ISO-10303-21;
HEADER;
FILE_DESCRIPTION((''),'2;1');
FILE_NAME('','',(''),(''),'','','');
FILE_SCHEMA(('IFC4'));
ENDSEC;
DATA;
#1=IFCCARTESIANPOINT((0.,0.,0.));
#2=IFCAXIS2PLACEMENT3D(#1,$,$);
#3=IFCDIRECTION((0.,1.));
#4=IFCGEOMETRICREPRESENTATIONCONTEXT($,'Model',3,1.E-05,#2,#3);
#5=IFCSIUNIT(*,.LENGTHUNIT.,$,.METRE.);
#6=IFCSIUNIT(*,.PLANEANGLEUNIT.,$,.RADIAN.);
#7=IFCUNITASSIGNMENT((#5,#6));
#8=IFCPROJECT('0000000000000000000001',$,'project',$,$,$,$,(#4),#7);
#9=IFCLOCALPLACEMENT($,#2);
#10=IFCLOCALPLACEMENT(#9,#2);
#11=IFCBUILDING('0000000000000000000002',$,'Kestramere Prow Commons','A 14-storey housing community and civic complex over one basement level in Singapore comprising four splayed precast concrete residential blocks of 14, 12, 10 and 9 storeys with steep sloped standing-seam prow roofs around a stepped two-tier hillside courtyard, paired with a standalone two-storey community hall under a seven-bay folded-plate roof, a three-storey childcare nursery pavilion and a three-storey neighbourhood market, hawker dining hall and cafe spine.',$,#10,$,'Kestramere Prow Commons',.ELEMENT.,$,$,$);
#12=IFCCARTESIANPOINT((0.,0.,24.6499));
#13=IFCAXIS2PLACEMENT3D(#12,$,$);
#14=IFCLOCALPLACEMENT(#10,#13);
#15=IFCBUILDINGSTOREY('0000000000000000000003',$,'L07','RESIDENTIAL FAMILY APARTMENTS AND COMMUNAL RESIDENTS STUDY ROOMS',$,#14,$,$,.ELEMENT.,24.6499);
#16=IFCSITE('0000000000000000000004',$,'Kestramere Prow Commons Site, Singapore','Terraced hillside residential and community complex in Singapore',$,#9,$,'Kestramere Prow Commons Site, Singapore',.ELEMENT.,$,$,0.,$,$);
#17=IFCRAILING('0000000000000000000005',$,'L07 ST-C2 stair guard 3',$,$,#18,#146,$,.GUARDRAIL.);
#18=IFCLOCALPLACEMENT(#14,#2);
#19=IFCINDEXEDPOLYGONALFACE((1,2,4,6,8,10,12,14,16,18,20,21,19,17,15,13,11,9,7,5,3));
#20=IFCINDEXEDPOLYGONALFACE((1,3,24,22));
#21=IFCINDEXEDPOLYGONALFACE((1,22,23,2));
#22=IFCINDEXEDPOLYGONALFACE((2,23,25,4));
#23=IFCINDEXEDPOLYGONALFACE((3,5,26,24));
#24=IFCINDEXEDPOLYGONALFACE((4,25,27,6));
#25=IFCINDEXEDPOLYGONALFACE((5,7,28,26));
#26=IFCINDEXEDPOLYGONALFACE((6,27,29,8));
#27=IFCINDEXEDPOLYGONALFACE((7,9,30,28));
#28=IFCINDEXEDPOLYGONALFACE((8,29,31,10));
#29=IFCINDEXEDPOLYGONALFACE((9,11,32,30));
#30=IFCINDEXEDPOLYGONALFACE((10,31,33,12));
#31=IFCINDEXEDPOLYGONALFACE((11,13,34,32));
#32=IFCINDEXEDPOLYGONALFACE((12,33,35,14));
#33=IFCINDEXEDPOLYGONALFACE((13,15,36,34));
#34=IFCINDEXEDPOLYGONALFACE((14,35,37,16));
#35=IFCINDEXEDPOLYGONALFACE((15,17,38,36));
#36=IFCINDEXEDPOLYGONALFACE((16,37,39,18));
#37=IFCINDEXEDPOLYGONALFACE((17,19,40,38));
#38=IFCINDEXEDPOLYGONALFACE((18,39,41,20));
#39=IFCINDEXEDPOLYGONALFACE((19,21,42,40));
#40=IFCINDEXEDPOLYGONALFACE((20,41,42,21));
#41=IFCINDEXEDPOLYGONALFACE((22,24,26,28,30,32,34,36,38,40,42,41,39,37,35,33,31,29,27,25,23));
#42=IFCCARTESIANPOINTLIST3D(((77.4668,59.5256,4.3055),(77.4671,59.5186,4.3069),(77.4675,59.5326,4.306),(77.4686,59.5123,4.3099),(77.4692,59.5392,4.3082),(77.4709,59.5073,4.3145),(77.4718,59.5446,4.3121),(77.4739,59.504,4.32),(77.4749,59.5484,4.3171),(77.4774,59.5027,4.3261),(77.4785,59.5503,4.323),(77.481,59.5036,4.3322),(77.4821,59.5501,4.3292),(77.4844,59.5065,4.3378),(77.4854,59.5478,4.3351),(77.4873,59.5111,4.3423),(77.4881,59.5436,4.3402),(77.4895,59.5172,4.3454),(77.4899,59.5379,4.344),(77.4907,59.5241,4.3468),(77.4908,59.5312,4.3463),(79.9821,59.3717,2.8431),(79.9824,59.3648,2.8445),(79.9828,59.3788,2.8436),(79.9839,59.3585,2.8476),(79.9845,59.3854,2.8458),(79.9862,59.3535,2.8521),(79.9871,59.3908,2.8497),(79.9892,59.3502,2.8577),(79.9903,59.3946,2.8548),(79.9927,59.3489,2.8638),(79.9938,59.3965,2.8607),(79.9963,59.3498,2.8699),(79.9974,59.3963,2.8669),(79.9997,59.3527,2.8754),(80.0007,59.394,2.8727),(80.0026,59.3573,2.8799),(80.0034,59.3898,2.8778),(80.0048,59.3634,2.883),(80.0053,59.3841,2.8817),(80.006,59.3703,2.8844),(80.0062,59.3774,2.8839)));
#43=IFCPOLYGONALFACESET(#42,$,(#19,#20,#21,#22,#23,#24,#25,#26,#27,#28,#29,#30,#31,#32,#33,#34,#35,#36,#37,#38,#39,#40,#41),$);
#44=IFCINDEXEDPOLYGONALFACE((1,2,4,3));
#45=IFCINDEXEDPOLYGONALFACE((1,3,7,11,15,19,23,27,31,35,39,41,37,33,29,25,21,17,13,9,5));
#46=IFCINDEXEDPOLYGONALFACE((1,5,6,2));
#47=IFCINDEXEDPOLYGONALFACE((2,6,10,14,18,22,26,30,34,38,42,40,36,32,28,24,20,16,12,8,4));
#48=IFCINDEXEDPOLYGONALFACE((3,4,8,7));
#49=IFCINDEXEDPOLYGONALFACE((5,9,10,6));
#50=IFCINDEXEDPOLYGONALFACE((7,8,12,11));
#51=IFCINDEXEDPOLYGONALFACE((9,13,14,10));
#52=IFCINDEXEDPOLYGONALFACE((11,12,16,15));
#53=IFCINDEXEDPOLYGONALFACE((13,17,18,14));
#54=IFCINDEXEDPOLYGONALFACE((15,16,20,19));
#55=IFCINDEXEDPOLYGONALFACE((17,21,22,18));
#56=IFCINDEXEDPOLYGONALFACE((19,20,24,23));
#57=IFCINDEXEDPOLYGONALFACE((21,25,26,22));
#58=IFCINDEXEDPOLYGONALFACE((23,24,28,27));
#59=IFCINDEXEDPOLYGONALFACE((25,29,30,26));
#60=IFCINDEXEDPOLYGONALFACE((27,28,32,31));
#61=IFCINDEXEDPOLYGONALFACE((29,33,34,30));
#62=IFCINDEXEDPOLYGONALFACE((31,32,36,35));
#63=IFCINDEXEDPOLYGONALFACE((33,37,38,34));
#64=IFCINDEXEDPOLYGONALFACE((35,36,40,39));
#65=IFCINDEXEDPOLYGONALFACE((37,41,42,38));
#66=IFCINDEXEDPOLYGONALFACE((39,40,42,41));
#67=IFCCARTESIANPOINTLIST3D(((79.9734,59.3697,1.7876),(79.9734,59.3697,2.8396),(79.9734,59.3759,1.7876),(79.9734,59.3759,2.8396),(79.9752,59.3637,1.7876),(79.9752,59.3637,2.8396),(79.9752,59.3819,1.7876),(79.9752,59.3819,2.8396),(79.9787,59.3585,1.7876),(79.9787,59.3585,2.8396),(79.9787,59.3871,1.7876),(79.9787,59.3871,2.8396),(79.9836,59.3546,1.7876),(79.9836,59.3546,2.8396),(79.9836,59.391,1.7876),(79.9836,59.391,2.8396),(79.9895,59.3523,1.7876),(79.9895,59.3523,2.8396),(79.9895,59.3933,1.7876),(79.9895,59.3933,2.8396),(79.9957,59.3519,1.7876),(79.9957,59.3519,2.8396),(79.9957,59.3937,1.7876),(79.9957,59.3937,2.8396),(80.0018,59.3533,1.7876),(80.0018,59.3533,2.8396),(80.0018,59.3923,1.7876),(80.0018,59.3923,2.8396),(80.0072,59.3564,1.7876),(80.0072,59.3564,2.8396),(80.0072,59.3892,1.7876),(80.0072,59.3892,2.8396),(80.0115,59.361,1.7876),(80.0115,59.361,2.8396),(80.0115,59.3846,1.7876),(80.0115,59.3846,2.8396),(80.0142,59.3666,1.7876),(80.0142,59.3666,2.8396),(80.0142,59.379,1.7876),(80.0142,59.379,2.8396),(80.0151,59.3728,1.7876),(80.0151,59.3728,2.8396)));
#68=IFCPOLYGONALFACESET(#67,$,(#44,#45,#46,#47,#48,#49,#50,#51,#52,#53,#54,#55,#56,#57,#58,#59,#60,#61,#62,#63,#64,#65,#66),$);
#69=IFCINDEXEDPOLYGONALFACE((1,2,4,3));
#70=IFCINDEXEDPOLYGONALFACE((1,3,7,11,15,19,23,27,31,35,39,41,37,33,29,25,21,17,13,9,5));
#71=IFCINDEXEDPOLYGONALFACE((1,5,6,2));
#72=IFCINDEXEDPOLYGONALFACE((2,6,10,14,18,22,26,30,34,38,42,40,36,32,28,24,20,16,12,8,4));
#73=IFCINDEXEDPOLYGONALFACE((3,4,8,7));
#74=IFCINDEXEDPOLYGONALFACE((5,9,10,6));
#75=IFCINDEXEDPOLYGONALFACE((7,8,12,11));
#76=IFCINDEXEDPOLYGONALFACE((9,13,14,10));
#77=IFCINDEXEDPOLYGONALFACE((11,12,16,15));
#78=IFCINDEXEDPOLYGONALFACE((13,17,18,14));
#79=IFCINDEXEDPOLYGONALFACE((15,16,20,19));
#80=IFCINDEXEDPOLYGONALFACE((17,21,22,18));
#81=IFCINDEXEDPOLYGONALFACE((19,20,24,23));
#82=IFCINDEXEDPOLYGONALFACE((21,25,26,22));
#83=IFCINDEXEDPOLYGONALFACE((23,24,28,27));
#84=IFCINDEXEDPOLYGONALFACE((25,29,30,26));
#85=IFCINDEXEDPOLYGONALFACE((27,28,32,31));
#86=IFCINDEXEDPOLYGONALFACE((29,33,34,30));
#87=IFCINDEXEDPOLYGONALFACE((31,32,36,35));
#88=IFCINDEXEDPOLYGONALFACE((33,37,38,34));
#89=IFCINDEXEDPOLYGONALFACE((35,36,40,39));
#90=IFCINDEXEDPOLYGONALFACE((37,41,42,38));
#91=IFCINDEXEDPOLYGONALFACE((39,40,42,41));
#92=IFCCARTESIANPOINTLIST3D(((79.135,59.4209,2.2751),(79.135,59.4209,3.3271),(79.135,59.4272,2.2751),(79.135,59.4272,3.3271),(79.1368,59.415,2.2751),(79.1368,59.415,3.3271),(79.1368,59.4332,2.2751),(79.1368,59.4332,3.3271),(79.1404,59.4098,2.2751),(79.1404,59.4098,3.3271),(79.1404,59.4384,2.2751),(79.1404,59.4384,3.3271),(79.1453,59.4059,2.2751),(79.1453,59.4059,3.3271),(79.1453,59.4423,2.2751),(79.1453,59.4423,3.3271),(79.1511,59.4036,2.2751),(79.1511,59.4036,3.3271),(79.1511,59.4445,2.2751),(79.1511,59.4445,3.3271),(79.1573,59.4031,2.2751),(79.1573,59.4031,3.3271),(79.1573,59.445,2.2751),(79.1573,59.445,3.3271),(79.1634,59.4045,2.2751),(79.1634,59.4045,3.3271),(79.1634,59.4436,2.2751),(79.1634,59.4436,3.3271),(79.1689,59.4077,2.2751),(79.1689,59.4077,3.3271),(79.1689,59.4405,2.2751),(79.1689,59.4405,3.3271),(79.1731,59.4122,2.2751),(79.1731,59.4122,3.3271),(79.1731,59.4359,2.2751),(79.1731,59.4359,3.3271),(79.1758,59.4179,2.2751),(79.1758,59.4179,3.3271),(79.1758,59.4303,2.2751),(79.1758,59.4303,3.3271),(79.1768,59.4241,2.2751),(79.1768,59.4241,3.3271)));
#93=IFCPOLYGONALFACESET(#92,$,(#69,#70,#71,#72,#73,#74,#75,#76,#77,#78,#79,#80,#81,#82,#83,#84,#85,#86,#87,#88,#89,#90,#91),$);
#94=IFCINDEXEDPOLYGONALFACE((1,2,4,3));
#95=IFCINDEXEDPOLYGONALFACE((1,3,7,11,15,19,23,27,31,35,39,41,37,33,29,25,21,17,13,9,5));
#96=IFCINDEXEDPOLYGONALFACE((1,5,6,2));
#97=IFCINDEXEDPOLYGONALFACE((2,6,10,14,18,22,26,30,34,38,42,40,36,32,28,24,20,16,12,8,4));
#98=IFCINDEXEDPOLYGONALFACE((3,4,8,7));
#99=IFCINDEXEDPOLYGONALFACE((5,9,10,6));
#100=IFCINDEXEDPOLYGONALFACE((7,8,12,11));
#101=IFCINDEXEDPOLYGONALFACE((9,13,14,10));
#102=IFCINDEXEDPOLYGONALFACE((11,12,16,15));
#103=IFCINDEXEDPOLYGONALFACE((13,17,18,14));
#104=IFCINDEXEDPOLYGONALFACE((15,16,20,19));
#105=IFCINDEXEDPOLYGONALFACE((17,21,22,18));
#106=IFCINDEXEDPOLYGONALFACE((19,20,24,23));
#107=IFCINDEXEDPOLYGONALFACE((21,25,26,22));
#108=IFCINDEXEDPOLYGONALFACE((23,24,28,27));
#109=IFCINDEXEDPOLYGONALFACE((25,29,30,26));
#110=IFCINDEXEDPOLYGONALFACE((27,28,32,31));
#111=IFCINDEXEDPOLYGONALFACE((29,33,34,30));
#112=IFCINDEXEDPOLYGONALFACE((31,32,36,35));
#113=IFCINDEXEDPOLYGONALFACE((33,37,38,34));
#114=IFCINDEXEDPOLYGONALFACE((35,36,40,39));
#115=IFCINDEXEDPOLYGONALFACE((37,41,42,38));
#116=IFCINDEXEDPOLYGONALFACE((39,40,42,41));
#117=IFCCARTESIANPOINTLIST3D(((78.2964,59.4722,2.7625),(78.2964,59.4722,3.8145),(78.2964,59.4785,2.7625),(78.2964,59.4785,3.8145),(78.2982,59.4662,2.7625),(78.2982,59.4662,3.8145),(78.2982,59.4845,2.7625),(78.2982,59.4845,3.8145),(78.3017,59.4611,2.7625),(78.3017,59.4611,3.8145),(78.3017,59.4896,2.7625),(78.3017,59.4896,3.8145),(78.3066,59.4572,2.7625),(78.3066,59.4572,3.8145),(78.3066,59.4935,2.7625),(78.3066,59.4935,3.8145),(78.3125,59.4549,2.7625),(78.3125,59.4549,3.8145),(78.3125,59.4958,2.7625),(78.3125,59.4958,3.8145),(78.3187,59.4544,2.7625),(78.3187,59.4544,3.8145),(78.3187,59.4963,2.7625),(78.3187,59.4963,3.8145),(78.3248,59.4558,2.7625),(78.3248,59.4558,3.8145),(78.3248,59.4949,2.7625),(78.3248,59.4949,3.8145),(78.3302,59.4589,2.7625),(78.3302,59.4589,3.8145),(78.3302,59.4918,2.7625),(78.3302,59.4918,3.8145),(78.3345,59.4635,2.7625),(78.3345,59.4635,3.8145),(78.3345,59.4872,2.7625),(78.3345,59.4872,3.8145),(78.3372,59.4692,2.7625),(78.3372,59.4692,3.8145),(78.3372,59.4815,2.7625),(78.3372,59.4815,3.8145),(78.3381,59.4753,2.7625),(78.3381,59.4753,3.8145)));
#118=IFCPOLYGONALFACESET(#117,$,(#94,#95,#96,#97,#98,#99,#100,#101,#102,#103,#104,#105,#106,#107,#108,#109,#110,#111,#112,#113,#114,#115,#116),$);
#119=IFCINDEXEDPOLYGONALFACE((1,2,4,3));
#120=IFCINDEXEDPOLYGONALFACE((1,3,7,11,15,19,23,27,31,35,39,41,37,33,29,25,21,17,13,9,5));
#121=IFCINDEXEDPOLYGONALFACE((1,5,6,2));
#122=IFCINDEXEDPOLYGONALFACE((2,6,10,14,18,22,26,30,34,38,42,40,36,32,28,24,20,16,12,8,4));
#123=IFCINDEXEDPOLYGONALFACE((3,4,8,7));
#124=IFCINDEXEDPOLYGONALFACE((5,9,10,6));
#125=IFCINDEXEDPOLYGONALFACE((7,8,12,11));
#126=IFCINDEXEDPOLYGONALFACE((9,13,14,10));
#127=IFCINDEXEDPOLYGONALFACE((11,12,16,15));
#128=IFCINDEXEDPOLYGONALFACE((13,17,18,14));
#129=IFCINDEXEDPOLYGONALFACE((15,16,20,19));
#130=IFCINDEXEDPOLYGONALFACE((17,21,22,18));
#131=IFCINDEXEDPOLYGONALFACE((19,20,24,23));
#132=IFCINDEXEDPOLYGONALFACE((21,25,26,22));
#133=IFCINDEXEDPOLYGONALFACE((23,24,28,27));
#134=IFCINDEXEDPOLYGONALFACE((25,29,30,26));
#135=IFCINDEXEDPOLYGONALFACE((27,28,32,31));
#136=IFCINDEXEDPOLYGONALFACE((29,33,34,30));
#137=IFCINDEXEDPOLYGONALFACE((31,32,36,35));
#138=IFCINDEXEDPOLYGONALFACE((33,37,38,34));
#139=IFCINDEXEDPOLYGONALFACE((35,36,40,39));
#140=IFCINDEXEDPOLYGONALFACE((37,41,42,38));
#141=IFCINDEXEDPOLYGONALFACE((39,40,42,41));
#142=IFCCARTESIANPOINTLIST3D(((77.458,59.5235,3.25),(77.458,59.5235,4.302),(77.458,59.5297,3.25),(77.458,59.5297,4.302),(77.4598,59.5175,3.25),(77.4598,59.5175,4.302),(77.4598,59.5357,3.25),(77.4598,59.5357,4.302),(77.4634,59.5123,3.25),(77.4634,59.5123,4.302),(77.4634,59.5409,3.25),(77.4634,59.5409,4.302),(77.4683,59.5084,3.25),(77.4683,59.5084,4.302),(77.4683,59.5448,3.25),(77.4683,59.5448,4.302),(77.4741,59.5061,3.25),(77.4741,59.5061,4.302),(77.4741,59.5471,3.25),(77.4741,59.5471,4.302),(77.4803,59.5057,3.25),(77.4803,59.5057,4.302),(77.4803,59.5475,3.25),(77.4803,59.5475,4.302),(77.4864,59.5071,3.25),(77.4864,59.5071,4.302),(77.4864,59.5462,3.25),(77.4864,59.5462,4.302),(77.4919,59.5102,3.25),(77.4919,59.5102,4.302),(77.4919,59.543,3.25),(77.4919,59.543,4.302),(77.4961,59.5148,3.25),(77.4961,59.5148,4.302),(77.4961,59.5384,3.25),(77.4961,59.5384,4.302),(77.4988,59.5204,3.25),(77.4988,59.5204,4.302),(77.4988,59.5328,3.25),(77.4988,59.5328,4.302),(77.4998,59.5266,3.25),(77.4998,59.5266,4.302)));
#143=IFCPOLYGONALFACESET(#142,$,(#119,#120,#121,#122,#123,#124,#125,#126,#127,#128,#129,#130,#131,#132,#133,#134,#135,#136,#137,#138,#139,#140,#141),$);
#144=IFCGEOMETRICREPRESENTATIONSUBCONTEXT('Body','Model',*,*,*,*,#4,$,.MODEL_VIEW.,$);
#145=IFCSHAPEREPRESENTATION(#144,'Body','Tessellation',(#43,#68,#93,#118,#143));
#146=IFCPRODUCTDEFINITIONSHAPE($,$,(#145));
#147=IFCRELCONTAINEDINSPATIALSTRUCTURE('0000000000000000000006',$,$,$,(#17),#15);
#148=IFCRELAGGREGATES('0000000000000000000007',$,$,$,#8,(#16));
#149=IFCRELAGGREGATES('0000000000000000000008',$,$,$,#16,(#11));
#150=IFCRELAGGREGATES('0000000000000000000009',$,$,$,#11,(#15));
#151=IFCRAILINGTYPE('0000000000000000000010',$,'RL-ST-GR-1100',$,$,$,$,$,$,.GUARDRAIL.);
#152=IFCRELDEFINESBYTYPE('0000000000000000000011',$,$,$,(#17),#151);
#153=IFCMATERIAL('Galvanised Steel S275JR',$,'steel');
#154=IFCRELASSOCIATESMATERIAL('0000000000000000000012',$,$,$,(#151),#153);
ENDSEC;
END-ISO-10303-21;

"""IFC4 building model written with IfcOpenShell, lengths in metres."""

from ifc_helpers import new_model, si_unit, direction, frame, origin, origin_2d, place, context, subcontext, project, spatial, circle, extrude, material, type_object, element, save


model = new_model("IFC4")

# Units and contexts
model_context = context("Model", 3, precision=1e-05, world=origin(), true_north=direction((0.0, 1.0)))
body_context = subcontext(model_context, "Body", "Model", "MODEL_VIEW")
ifc_project = project(units=[si_unit("LENGTHUNIT", "METRE"), si_unit("PLANEANGLEUNIT", "RADIAN")], contexts=[model_context])

# Site, building, storey
site_placement = place(None, origin())
site = spatial("IfcSite", under=ifc_project, at=site_placement, Name="Kestramere Prow Commons Site, Singapore", Description="Terraced hillside residential and community complex in Singapore", LongName="Kestramere Prow Commons Site, Singapore", CompositionType="ELEMENT", RefElevation=0.0)
building_placement = place(site_placement, origin())
building = spatial("IfcBuilding", under=site, at=building_placement, Name="Kestramere Prow Commons", Description="A 14-storey housing community and civic complex over one basement level in Singapore comprising four splayed precast concrete residential blocks of 14, 12, 10 and 9 storeys with steep sloped standing-seam prow roofs around a stepped two-tier hillside courtyard, paired with a standalone two-storey community hall under a seven-bay folded-plate roof, a three-storey childcare nursery pavilion and a three-storey neighbourhood market, hawker dining hall and cafe spine.", LongName="Kestramere Prow Commons", CompositionType="ELEMENT")
storey_placement = place(building_placement, frame((0.0, 0.0, 24.6499)))
storey = spatial("IfcBuildingStorey", under=building, at=storey_placement, Name="L07", Description="RESIDENTIAL FAMILY APARTMENTS AND COMMUNAL RESIDENTS STUDY ROOMS", CompositionType="ELEMENT", Elevation=24.6499)

# Railing
ifc_material_1 = material(Name="Galvanised Steel S275JR", Category="steel")
railing_type_1 = type_object("IfcRailingType", Name="RL-ST-GR-1100", PredefinedType="GUARDRAIL", material=ifc_material_1)
railing_1_placement = place(storey_placement, frame((79.9941, 59.3728, 1.7876)))
element("IfcRailing", 1, at=railing_1_placement, inside=storey, type_object=railing_type_1, Name="L07 ST-C2 stair guard 3", PredefinedType="GUARDRAIL", context=body_context, shape_type="SweptSolid", body=[
    extrude(circle(Radius=0.0239, at=origin_2d()), frame((0.0, 0.0, 1.0762), z_axis=(-0.863306, 0.052789, 0.501912), x_axis=(-0.061033, -0.998136, 0.0)), (0.0, 0.0, 1.0), 2.9136),
    extrude(circle(Radius=0.021, at=origin_2d()), origin(), (0.0, 0.0, 1.0), 1.052),
    extrude(circle(Radius=0.021, at=origin_2d()), frame((-0.8384, 0.0513, 0.4875)), (0.0, 0.0, 1.0), 1.052),
    extrude(circle(Radius=0.021, at=origin_2d()), frame((-1.677, 0.1025, 0.9749)), (0.0, 0.0, 1.0), 1.052),
    extrude(circle(Radius=0.021, at=origin_2d()), frame((-2.5154, 0.1538, 1.4624)), (0.0, 0.0, 1.0), 1.052),
])

save(model, "model.ifc")
